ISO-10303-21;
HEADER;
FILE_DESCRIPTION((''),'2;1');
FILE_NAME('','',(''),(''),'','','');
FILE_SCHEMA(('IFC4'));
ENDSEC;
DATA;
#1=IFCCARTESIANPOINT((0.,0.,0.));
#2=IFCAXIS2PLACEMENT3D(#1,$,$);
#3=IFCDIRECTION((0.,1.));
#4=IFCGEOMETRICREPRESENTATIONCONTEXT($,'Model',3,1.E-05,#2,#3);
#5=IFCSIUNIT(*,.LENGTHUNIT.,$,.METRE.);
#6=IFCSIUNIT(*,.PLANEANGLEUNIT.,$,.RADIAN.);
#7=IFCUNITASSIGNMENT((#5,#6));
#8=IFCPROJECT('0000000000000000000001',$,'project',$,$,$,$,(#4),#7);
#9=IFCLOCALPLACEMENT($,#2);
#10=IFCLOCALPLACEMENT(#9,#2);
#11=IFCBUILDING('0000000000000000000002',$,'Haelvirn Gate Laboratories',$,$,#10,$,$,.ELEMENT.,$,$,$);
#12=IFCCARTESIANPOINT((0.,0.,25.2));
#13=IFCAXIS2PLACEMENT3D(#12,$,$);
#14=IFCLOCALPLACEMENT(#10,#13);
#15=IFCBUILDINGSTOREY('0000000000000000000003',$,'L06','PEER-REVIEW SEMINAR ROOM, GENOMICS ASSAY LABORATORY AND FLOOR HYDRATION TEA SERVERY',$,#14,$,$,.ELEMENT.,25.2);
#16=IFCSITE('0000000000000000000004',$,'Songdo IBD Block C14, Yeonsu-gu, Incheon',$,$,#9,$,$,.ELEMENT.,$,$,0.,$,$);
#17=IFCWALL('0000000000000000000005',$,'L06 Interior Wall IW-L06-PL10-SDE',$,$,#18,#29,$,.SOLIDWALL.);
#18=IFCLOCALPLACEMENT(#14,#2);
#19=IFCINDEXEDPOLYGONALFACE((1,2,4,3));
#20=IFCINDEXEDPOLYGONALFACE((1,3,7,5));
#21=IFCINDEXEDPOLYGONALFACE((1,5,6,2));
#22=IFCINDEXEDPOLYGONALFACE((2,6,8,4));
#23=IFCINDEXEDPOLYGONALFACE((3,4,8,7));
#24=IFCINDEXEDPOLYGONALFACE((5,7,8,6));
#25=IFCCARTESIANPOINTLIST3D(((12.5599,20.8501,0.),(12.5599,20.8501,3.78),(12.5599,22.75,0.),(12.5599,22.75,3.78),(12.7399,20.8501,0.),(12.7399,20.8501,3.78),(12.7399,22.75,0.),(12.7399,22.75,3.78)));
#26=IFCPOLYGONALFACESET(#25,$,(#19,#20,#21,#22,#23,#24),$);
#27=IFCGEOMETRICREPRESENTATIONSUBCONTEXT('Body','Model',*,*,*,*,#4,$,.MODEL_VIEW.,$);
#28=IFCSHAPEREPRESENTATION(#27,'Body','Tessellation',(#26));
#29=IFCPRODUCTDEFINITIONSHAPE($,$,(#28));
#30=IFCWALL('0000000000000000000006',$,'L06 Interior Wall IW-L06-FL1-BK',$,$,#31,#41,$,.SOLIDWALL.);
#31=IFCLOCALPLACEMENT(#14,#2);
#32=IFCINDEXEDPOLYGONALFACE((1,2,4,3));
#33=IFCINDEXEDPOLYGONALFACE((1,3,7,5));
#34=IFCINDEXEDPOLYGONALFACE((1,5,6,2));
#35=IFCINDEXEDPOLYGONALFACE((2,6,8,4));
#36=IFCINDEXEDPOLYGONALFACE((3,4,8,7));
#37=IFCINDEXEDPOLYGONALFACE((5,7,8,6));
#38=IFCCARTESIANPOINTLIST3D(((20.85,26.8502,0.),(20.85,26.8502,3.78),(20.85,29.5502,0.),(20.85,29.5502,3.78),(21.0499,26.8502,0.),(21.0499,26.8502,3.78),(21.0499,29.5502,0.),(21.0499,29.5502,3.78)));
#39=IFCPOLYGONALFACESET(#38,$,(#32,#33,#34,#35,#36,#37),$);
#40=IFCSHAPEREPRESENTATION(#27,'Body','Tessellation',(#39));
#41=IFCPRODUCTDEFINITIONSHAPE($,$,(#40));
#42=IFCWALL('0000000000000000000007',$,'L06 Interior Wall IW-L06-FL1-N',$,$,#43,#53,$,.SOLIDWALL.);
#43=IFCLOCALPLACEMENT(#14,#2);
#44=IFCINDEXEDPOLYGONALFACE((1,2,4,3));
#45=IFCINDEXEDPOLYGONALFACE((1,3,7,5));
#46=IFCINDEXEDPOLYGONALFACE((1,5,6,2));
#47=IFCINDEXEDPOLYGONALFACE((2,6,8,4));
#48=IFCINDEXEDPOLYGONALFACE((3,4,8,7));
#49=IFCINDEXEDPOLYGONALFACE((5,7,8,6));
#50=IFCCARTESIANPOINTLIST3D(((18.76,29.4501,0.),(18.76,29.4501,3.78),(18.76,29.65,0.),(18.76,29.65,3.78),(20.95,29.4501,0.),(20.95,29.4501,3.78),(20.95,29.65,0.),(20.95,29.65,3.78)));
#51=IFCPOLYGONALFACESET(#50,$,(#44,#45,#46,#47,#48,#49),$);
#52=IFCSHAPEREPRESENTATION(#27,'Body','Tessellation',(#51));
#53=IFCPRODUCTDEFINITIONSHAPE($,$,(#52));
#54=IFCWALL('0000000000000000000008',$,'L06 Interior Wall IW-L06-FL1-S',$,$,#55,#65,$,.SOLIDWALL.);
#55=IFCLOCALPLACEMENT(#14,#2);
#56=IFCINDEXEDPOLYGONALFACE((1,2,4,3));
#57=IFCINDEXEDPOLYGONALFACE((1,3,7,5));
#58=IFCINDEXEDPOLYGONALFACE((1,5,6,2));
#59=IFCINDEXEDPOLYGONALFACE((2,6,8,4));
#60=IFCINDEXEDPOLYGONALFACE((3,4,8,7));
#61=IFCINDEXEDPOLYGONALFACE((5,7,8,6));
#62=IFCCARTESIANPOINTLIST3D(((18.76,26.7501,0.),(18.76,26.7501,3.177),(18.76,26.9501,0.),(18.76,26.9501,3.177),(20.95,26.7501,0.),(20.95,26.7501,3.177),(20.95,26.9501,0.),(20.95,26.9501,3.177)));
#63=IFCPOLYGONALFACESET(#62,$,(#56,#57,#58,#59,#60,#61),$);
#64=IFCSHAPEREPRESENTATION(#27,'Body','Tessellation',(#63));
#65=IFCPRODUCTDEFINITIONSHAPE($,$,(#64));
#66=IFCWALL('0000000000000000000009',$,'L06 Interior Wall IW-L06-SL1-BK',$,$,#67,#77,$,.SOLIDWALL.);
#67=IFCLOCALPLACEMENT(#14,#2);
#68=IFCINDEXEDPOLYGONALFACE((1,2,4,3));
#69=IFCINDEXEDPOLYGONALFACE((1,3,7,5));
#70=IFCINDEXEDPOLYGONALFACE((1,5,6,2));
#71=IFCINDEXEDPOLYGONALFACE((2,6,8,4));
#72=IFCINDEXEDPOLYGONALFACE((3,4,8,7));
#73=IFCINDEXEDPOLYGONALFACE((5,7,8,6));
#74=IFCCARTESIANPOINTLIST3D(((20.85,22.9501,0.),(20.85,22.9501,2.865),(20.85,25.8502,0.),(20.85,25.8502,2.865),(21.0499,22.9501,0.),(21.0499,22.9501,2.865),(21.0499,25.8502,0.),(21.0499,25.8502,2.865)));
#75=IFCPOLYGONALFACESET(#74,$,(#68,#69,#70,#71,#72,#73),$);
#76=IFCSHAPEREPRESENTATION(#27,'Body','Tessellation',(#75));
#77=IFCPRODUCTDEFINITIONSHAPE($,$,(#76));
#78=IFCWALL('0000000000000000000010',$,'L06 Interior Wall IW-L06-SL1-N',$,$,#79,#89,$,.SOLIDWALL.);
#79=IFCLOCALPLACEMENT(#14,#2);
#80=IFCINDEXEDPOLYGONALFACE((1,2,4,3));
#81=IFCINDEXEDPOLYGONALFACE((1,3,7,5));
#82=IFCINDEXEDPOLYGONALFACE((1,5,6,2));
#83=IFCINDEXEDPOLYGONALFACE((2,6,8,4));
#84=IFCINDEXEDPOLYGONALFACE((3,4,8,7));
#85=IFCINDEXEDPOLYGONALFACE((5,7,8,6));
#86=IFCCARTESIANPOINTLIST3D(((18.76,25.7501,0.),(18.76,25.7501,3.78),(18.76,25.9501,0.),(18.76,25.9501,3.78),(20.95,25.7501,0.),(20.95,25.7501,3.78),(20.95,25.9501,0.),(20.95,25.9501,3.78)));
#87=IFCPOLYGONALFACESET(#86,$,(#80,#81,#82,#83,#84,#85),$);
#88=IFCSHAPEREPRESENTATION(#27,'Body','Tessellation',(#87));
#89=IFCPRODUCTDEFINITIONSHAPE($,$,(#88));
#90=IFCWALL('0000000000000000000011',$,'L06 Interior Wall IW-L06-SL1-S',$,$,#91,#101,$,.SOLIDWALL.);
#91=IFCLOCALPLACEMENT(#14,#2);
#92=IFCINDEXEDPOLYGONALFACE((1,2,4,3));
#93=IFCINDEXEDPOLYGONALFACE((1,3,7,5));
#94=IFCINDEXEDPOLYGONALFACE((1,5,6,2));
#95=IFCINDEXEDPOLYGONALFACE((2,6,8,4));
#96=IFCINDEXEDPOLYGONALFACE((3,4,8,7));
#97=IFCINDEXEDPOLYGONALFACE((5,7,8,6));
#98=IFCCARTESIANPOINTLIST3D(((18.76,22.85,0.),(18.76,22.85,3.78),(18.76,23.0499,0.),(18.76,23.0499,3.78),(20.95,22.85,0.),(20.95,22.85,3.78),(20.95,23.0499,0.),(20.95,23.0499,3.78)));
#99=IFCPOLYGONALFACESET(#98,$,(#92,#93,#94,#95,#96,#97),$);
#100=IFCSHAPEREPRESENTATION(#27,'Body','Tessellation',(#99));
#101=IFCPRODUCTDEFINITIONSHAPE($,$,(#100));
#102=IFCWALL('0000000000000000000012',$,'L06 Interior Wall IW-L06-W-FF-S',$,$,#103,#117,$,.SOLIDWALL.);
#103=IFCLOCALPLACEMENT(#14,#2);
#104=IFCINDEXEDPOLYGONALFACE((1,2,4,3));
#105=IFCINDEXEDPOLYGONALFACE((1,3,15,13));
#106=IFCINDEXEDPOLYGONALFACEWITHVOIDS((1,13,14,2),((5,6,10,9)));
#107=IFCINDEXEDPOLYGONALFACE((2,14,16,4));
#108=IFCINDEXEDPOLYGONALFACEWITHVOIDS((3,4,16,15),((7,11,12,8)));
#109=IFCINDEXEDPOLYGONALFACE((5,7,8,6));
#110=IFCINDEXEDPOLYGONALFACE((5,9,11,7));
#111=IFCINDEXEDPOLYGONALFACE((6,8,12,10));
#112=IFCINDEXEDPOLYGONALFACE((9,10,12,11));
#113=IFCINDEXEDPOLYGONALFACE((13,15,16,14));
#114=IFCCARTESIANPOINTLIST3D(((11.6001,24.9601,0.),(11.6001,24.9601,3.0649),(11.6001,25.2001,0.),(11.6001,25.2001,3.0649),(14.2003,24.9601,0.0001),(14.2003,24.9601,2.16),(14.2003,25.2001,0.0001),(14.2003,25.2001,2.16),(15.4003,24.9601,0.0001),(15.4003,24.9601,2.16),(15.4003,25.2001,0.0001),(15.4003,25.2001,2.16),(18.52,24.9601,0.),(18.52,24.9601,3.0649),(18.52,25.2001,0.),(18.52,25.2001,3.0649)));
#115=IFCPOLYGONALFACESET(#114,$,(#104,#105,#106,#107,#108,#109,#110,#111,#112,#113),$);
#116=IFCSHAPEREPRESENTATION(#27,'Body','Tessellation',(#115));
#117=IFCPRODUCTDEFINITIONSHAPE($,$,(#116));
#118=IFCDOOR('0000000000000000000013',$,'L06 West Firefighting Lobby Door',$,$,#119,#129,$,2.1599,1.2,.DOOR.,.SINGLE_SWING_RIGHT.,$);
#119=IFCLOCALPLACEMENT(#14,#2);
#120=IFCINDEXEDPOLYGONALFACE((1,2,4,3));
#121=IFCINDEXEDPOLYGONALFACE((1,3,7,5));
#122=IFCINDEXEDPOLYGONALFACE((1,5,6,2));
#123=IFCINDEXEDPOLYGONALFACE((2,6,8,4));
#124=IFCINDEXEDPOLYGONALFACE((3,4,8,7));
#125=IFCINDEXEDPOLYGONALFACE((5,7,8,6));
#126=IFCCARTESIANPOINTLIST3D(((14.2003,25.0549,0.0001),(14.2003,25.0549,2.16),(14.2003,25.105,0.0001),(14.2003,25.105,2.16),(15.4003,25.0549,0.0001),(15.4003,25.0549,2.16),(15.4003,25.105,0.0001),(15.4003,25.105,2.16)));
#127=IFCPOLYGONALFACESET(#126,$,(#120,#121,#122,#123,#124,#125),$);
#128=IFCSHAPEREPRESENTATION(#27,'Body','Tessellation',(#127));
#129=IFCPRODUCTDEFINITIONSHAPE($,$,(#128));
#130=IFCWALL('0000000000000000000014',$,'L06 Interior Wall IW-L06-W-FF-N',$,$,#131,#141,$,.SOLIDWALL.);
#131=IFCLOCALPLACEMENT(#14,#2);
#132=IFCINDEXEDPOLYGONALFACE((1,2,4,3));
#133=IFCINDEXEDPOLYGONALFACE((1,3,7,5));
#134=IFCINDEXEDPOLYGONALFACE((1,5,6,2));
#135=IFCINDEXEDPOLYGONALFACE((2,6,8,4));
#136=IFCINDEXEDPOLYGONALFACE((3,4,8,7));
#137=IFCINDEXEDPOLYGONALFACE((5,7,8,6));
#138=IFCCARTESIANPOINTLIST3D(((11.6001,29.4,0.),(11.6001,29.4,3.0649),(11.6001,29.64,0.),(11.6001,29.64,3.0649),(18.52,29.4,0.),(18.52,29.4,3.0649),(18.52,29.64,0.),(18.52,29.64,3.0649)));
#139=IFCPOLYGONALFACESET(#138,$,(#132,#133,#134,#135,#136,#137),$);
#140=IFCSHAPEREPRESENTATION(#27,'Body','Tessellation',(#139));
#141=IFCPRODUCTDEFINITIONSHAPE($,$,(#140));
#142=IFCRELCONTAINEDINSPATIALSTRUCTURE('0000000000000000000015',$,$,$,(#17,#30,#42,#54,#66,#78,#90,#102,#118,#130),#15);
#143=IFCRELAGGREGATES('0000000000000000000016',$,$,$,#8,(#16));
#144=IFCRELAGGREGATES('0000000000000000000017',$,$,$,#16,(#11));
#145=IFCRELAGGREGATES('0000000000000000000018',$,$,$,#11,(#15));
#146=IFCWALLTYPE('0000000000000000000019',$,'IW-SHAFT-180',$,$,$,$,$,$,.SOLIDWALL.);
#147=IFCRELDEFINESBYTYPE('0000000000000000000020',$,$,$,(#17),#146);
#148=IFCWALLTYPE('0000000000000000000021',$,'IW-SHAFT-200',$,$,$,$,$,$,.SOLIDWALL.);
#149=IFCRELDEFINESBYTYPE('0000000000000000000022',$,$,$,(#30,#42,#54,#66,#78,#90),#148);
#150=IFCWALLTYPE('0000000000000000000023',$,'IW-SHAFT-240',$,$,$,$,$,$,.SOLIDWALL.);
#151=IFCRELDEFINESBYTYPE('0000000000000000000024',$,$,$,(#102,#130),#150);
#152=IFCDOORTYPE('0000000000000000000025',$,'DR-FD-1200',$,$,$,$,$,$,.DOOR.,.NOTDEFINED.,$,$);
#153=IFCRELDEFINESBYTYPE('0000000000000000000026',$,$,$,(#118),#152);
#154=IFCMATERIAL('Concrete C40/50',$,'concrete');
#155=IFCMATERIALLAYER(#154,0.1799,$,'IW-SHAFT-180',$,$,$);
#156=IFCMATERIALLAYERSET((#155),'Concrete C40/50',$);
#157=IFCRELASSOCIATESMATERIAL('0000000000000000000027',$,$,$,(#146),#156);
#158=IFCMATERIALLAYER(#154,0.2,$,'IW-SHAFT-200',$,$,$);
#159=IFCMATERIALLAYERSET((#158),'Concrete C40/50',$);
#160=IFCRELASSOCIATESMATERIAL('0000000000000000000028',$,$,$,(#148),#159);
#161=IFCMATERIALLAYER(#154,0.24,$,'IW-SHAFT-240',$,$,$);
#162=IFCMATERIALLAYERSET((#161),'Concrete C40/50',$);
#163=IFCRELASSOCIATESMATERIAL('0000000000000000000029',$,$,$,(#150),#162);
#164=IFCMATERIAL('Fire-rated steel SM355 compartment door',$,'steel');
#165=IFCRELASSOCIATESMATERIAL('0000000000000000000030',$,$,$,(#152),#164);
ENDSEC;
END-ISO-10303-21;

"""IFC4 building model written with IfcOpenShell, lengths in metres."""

from ifc_helpers import new_model, si_unit, direction, frame, frame_2d, origin, place, context, subcontext, project, spatial, rectangle, extrude, source, transform, mapped, material, layer, layer_set, type_object, type_shapes, element, fill, save


model = new_model("IFC4")

# Units and contexts
model_context = context("Model", 3, precision=1e-05, world=origin(), true_north=direction((0.0, 1.0)))
body_context = subcontext(model_context, "Body", "Model", "MODEL_VIEW")
ifc_project = project(units=[si_unit("LENGTHUNIT", "METRE"), si_unit("PLANEANGLEUNIT", "RADIAN")], contexts=[model_context])

# Site, building, storey
site_placement = place(None, origin())
site = spatial("IfcSite", under=ifc_project, at=site_placement, Name="Songdo IBD Block C14, Yeonsu-gu, Incheon", CompositionType="ELEMENT", RefElevation=0.0)
building_placement = place(site_placement, origin())
building = spatial("IfcBuilding", under=site, at=building_placement, Name="Haelvirn Gate Laboratories", CompositionType="ELEMENT")
storey_placement = place(building_placement, frame((0.0, 0.0, 25.2)))
storey = spatial("IfcBuildingStorey", under=building, at=storey_placement, Name="L06", Description="PEER-REVIEW SEMINAR ROOM, GENOMICS ASSAY LABORATORY AND FLOOR HYDRATION TEA SERVERY", CompositionType="ELEMENT", Elevation=25.2)

# Walls
ifc_material_1 = material(Name="Concrete C40/50", Category="concrete")
ifc_layer_1 = layer(ifc_material_1, 0.1799, Name="IW-SHAFT-180")
ifc_layer_set_1 = layer_set([ifc_layer_1], Name="Concrete C40/50")
wall_type_1 = type_object("IfcWallType", Name="IW-SHAFT-180", PredefinedType="SOLIDWALL", material=ifc_layer_set_1)
for number, where, z_axis, x_axis, name in (
    (1, (12.6499, 20.8501, 0.0), (0.0, 0.0, 1.0), (0.0, 1.0, 0.0), "L06 Interior Wall IW-L06-PL10-SDE"),
):
    element("IfcWall", number, at=place(storey_placement, frame(where, z_axis=z_axis, x_axis=x_axis)), inside=storey, type_object=wall_type_1, Name=name, PredefinedType="SOLIDWALL", context=body_context, shape_type="SweptSolid", body=[
        extrude(rectangle(XDim=1.8999, YDim=0.1799, at=frame_2d((0.95, 0.0))), origin(), (0.0, 0.0, 1.0), 3.78),
    ])
ifc_layer_2 = layer(ifc_material_1, 0.2, Name="IW-SHAFT-200")
ifc_layer_set_2 = layer_set([ifc_layer_2], Name="Concrete C40/50")
wall_type_2 = type_object("IfcWallType", Name="IW-SHAFT-200", PredefinedType="SOLIDWALL", material=ifc_layer_set_2)
wall_1_placement = place(storey_placement, frame((20.95, 26.8501, 0.0), z_axis=(0.0, 0.0, 1.0), x_axis=(0.0, 1.0, 0.0)))
element("IfcWall", 2, at=wall_1_placement, inside=storey, type_object=wall_type_2, Name="L06 Interior Wall IW-L06-FL1-BK", PredefinedType="SOLIDWALL", context=body_context, shape_type="SweptSolid", body=[
    extrude(rectangle(XDim=2.7, YDim=0.2, at=frame_2d((1.3501, 0.0))), origin(), (0.0, 0.0, 1.0), 3.78),
])
wall_2_placement = place(storey_placement, frame((18.76, 29.55, 0.0), z_axis=(0.0, 0.0, 1.0), x_axis=(1.0, 0.0, 0.0)))
element("IfcWall", 3, at=wall_2_placement, inside=storey, type_object=wall_type_2, Name="L06 Interior Wall IW-L06-FL1-N", PredefinedType="SOLIDWALL", context=body_context, shape_type="SweptSolid", body=[
    extrude(rectangle(XDim=2.1899, YDim=0.2, at=frame_2d((1.095, 0.0))), origin(), (0.0, 0.0, 1.0), 3.78),
])
wall_3_placement = place(storey_placement, frame((18.76, 26.8501, 0.0), z_axis=(0.0, 0.0, 1.0), x_axis=(1.0, 0.0, 0.0)))
element("IfcWall", 4, at=wall_3_placement, inside=storey, type_object=wall_type_2, Name="L06 Interior Wall IW-L06-FL1-S", PredefinedType="SOLIDWALL", context=body_context, shape_type="SweptSolid", body=[
    extrude(rectangle(XDim=2.1899, YDim=0.2, at=frame_2d((1.095, 0.0))), origin(), (0.0, 0.0, 1.0), 3.177),
])
wall_4_placement = place(storey_placement, frame((20.95, 22.95, 0.0), z_axis=(0.0, 0.0, 1.0), x_axis=(0.0, 1.0, 0.0)))
element("IfcWall", 5, at=wall_4_placement, inside=storey, type_object=wall_type_2, Name="L06 Interior Wall IW-L06-SL1-BK", PredefinedType="SOLIDWALL", context=body_context, shape_type="SweptSolid", body=[
    extrude(rectangle(XDim=2.9001, YDim=0.2, at=frame_2d((1.4502, 0.0))), origin(), (0.0, 0.0, 1.0), 2.865),
])
for number, where, z_axis, x_axis, name in (
    (6, (18.76, 25.8501, 0.0), (0.0, 0.0, 1.0), (1.0, 0.0, 0.0), "L06 Interior Wall IW-L06-SL1-N"),
    (7, (18.76, 22.95, 0.0), (0.0, 0.0, 1.0), (1.0, 0.0, 0.0), "L06 Interior Wall IW-L06-SL1-S"),
):
    element("IfcWall", number, at=place(storey_placement, frame(where, z_axis=z_axis, x_axis=x_axis)), inside=storey, type_object=wall_type_2, Name=name, PredefinedType="SOLIDWALL", context=body_context, shape_type="SweptSolid", body=[
        extrude(rectangle(XDim=2.1899, YDim=0.2, at=frame_2d((1.095, 0.0))), origin(), (0.0, 0.0, 1.0), 3.78),
    ])

# Wall, opening, door
ifc_layer_3 = layer(ifc_material_1, 0.24, Name="IW-SHAFT-240")
ifc_layer_set_3 = layer_set([ifc_layer_3], Name="Concrete C40/50")
wall_type_3 = type_object("IfcWallType", Name="IW-SHAFT-240", PredefinedType="SOLIDWALL", material=ifc_layer_set_3)
wall_5_placement = place(storey_placement, frame((11.6001, 25.0801, 0.0), z_axis=(0.0, 0.0, 1.0), x_axis=(1.0, 0.0, 0.0)))
wall_5 = element("IfcWall", 8, at=wall_5_placement, inside=storey, type_object=wall_type_3, Name="L06 Interior Wall IW-L06-W-FF-S", PredefinedType="SOLIDWALL", context=body_context, shape_type="SweptSolid", body=[
    extrude(rectangle(XDim=6.9199, YDim=0.24, at=frame_2d((3.46, 0.0))), origin(), (0.0, 0.0, 1.0), 3.0649),
])
opening_1_placement = place(wall_5_placement, frame((2.6001, 0.0, 0.0)))
opening_1 = element("IfcOpeningElement", 9, at=opening_1_placement, cuts=wall_5, PredefinedType="OPENING", context=body_context, shape_type="SweptSolid", body=[
    extrude(rectangle(XDim=1.2, YDim=2.1599, at=frame_2d((0.6001, 1.0801))), frame((0.0, 0.1299, 0.0), z_axis=(0.0, -1.0, 0.0), x_axis=(1.0, 0.0, 0.0)), (0.0, 0.0, 1.0), 0.26),
])
ifc_material_2 = material(Name="Fire-rated steel SM355 compartment door", Category="steel")
door_type_1 = type_object("IfcDoorType", Name="DR-FD-1200", OperationType="NOTDEFINED", PredefinedType="DOOR", material=ifc_material_2)
shared_shape_1 = source(origin(), body_context, "Body", "SweptSolid", [
    extrude(rectangle(XDim=1.2, YDim=2.1599, at=frame_2d((0.6001, 1.0801))), frame((0.0, 0.0249, 0.0), z_axis=(0.0, -1.0, 0.0), x_axis=(1.0, 0.0, 0.0)), (0.0, 0.0, 1.0), 0.05),
])
type_shapes(door_type_1, [shared_shape_1])
door_1_placement = place(opening_1_placement, origin())
door_1 = element("IfcDoor", 10, at=door_1_placement, inside=storey, type_object=door_type_1, Name="L06 West Firefighting Lobby Door", OperationType="SINGLE_SWING_RIGHT", OverallHeight=2.1599, OverallWidth=1.2, PredefinedType="DOOR", context=body_context, shape_type="MappedRepresentation", body=[
    mapped(shared_shape_1, transform((0.0, 0.0, 0.0), scale=1.0)),
])
fill(opening_1, door_1)

# Wall
wall_6_placement = place(storey_placement, frame((11.6001, 29.52, 0.0), z_axis=(0.0, 0.0, 1.0), x_axis=(1.0, 0.0, 0.0)))
element("IfcWall", 11, at=wall_6_placement, inside=storey, type_object=wall_type_3, Name="L06 Interior Wall IW-L06-W-FF-N", PredefinedType="SOLIDWALL", context=body_context, shape_type="SweptSolid", body=[
    extrude(rectangle(XDim=6.9199, YDim=0.24, at=frame_2d((3.46, 0.0))), origin(), (0.0, 0.0, 1.0), 3.0649),
])

save(model, "model.ifc")
